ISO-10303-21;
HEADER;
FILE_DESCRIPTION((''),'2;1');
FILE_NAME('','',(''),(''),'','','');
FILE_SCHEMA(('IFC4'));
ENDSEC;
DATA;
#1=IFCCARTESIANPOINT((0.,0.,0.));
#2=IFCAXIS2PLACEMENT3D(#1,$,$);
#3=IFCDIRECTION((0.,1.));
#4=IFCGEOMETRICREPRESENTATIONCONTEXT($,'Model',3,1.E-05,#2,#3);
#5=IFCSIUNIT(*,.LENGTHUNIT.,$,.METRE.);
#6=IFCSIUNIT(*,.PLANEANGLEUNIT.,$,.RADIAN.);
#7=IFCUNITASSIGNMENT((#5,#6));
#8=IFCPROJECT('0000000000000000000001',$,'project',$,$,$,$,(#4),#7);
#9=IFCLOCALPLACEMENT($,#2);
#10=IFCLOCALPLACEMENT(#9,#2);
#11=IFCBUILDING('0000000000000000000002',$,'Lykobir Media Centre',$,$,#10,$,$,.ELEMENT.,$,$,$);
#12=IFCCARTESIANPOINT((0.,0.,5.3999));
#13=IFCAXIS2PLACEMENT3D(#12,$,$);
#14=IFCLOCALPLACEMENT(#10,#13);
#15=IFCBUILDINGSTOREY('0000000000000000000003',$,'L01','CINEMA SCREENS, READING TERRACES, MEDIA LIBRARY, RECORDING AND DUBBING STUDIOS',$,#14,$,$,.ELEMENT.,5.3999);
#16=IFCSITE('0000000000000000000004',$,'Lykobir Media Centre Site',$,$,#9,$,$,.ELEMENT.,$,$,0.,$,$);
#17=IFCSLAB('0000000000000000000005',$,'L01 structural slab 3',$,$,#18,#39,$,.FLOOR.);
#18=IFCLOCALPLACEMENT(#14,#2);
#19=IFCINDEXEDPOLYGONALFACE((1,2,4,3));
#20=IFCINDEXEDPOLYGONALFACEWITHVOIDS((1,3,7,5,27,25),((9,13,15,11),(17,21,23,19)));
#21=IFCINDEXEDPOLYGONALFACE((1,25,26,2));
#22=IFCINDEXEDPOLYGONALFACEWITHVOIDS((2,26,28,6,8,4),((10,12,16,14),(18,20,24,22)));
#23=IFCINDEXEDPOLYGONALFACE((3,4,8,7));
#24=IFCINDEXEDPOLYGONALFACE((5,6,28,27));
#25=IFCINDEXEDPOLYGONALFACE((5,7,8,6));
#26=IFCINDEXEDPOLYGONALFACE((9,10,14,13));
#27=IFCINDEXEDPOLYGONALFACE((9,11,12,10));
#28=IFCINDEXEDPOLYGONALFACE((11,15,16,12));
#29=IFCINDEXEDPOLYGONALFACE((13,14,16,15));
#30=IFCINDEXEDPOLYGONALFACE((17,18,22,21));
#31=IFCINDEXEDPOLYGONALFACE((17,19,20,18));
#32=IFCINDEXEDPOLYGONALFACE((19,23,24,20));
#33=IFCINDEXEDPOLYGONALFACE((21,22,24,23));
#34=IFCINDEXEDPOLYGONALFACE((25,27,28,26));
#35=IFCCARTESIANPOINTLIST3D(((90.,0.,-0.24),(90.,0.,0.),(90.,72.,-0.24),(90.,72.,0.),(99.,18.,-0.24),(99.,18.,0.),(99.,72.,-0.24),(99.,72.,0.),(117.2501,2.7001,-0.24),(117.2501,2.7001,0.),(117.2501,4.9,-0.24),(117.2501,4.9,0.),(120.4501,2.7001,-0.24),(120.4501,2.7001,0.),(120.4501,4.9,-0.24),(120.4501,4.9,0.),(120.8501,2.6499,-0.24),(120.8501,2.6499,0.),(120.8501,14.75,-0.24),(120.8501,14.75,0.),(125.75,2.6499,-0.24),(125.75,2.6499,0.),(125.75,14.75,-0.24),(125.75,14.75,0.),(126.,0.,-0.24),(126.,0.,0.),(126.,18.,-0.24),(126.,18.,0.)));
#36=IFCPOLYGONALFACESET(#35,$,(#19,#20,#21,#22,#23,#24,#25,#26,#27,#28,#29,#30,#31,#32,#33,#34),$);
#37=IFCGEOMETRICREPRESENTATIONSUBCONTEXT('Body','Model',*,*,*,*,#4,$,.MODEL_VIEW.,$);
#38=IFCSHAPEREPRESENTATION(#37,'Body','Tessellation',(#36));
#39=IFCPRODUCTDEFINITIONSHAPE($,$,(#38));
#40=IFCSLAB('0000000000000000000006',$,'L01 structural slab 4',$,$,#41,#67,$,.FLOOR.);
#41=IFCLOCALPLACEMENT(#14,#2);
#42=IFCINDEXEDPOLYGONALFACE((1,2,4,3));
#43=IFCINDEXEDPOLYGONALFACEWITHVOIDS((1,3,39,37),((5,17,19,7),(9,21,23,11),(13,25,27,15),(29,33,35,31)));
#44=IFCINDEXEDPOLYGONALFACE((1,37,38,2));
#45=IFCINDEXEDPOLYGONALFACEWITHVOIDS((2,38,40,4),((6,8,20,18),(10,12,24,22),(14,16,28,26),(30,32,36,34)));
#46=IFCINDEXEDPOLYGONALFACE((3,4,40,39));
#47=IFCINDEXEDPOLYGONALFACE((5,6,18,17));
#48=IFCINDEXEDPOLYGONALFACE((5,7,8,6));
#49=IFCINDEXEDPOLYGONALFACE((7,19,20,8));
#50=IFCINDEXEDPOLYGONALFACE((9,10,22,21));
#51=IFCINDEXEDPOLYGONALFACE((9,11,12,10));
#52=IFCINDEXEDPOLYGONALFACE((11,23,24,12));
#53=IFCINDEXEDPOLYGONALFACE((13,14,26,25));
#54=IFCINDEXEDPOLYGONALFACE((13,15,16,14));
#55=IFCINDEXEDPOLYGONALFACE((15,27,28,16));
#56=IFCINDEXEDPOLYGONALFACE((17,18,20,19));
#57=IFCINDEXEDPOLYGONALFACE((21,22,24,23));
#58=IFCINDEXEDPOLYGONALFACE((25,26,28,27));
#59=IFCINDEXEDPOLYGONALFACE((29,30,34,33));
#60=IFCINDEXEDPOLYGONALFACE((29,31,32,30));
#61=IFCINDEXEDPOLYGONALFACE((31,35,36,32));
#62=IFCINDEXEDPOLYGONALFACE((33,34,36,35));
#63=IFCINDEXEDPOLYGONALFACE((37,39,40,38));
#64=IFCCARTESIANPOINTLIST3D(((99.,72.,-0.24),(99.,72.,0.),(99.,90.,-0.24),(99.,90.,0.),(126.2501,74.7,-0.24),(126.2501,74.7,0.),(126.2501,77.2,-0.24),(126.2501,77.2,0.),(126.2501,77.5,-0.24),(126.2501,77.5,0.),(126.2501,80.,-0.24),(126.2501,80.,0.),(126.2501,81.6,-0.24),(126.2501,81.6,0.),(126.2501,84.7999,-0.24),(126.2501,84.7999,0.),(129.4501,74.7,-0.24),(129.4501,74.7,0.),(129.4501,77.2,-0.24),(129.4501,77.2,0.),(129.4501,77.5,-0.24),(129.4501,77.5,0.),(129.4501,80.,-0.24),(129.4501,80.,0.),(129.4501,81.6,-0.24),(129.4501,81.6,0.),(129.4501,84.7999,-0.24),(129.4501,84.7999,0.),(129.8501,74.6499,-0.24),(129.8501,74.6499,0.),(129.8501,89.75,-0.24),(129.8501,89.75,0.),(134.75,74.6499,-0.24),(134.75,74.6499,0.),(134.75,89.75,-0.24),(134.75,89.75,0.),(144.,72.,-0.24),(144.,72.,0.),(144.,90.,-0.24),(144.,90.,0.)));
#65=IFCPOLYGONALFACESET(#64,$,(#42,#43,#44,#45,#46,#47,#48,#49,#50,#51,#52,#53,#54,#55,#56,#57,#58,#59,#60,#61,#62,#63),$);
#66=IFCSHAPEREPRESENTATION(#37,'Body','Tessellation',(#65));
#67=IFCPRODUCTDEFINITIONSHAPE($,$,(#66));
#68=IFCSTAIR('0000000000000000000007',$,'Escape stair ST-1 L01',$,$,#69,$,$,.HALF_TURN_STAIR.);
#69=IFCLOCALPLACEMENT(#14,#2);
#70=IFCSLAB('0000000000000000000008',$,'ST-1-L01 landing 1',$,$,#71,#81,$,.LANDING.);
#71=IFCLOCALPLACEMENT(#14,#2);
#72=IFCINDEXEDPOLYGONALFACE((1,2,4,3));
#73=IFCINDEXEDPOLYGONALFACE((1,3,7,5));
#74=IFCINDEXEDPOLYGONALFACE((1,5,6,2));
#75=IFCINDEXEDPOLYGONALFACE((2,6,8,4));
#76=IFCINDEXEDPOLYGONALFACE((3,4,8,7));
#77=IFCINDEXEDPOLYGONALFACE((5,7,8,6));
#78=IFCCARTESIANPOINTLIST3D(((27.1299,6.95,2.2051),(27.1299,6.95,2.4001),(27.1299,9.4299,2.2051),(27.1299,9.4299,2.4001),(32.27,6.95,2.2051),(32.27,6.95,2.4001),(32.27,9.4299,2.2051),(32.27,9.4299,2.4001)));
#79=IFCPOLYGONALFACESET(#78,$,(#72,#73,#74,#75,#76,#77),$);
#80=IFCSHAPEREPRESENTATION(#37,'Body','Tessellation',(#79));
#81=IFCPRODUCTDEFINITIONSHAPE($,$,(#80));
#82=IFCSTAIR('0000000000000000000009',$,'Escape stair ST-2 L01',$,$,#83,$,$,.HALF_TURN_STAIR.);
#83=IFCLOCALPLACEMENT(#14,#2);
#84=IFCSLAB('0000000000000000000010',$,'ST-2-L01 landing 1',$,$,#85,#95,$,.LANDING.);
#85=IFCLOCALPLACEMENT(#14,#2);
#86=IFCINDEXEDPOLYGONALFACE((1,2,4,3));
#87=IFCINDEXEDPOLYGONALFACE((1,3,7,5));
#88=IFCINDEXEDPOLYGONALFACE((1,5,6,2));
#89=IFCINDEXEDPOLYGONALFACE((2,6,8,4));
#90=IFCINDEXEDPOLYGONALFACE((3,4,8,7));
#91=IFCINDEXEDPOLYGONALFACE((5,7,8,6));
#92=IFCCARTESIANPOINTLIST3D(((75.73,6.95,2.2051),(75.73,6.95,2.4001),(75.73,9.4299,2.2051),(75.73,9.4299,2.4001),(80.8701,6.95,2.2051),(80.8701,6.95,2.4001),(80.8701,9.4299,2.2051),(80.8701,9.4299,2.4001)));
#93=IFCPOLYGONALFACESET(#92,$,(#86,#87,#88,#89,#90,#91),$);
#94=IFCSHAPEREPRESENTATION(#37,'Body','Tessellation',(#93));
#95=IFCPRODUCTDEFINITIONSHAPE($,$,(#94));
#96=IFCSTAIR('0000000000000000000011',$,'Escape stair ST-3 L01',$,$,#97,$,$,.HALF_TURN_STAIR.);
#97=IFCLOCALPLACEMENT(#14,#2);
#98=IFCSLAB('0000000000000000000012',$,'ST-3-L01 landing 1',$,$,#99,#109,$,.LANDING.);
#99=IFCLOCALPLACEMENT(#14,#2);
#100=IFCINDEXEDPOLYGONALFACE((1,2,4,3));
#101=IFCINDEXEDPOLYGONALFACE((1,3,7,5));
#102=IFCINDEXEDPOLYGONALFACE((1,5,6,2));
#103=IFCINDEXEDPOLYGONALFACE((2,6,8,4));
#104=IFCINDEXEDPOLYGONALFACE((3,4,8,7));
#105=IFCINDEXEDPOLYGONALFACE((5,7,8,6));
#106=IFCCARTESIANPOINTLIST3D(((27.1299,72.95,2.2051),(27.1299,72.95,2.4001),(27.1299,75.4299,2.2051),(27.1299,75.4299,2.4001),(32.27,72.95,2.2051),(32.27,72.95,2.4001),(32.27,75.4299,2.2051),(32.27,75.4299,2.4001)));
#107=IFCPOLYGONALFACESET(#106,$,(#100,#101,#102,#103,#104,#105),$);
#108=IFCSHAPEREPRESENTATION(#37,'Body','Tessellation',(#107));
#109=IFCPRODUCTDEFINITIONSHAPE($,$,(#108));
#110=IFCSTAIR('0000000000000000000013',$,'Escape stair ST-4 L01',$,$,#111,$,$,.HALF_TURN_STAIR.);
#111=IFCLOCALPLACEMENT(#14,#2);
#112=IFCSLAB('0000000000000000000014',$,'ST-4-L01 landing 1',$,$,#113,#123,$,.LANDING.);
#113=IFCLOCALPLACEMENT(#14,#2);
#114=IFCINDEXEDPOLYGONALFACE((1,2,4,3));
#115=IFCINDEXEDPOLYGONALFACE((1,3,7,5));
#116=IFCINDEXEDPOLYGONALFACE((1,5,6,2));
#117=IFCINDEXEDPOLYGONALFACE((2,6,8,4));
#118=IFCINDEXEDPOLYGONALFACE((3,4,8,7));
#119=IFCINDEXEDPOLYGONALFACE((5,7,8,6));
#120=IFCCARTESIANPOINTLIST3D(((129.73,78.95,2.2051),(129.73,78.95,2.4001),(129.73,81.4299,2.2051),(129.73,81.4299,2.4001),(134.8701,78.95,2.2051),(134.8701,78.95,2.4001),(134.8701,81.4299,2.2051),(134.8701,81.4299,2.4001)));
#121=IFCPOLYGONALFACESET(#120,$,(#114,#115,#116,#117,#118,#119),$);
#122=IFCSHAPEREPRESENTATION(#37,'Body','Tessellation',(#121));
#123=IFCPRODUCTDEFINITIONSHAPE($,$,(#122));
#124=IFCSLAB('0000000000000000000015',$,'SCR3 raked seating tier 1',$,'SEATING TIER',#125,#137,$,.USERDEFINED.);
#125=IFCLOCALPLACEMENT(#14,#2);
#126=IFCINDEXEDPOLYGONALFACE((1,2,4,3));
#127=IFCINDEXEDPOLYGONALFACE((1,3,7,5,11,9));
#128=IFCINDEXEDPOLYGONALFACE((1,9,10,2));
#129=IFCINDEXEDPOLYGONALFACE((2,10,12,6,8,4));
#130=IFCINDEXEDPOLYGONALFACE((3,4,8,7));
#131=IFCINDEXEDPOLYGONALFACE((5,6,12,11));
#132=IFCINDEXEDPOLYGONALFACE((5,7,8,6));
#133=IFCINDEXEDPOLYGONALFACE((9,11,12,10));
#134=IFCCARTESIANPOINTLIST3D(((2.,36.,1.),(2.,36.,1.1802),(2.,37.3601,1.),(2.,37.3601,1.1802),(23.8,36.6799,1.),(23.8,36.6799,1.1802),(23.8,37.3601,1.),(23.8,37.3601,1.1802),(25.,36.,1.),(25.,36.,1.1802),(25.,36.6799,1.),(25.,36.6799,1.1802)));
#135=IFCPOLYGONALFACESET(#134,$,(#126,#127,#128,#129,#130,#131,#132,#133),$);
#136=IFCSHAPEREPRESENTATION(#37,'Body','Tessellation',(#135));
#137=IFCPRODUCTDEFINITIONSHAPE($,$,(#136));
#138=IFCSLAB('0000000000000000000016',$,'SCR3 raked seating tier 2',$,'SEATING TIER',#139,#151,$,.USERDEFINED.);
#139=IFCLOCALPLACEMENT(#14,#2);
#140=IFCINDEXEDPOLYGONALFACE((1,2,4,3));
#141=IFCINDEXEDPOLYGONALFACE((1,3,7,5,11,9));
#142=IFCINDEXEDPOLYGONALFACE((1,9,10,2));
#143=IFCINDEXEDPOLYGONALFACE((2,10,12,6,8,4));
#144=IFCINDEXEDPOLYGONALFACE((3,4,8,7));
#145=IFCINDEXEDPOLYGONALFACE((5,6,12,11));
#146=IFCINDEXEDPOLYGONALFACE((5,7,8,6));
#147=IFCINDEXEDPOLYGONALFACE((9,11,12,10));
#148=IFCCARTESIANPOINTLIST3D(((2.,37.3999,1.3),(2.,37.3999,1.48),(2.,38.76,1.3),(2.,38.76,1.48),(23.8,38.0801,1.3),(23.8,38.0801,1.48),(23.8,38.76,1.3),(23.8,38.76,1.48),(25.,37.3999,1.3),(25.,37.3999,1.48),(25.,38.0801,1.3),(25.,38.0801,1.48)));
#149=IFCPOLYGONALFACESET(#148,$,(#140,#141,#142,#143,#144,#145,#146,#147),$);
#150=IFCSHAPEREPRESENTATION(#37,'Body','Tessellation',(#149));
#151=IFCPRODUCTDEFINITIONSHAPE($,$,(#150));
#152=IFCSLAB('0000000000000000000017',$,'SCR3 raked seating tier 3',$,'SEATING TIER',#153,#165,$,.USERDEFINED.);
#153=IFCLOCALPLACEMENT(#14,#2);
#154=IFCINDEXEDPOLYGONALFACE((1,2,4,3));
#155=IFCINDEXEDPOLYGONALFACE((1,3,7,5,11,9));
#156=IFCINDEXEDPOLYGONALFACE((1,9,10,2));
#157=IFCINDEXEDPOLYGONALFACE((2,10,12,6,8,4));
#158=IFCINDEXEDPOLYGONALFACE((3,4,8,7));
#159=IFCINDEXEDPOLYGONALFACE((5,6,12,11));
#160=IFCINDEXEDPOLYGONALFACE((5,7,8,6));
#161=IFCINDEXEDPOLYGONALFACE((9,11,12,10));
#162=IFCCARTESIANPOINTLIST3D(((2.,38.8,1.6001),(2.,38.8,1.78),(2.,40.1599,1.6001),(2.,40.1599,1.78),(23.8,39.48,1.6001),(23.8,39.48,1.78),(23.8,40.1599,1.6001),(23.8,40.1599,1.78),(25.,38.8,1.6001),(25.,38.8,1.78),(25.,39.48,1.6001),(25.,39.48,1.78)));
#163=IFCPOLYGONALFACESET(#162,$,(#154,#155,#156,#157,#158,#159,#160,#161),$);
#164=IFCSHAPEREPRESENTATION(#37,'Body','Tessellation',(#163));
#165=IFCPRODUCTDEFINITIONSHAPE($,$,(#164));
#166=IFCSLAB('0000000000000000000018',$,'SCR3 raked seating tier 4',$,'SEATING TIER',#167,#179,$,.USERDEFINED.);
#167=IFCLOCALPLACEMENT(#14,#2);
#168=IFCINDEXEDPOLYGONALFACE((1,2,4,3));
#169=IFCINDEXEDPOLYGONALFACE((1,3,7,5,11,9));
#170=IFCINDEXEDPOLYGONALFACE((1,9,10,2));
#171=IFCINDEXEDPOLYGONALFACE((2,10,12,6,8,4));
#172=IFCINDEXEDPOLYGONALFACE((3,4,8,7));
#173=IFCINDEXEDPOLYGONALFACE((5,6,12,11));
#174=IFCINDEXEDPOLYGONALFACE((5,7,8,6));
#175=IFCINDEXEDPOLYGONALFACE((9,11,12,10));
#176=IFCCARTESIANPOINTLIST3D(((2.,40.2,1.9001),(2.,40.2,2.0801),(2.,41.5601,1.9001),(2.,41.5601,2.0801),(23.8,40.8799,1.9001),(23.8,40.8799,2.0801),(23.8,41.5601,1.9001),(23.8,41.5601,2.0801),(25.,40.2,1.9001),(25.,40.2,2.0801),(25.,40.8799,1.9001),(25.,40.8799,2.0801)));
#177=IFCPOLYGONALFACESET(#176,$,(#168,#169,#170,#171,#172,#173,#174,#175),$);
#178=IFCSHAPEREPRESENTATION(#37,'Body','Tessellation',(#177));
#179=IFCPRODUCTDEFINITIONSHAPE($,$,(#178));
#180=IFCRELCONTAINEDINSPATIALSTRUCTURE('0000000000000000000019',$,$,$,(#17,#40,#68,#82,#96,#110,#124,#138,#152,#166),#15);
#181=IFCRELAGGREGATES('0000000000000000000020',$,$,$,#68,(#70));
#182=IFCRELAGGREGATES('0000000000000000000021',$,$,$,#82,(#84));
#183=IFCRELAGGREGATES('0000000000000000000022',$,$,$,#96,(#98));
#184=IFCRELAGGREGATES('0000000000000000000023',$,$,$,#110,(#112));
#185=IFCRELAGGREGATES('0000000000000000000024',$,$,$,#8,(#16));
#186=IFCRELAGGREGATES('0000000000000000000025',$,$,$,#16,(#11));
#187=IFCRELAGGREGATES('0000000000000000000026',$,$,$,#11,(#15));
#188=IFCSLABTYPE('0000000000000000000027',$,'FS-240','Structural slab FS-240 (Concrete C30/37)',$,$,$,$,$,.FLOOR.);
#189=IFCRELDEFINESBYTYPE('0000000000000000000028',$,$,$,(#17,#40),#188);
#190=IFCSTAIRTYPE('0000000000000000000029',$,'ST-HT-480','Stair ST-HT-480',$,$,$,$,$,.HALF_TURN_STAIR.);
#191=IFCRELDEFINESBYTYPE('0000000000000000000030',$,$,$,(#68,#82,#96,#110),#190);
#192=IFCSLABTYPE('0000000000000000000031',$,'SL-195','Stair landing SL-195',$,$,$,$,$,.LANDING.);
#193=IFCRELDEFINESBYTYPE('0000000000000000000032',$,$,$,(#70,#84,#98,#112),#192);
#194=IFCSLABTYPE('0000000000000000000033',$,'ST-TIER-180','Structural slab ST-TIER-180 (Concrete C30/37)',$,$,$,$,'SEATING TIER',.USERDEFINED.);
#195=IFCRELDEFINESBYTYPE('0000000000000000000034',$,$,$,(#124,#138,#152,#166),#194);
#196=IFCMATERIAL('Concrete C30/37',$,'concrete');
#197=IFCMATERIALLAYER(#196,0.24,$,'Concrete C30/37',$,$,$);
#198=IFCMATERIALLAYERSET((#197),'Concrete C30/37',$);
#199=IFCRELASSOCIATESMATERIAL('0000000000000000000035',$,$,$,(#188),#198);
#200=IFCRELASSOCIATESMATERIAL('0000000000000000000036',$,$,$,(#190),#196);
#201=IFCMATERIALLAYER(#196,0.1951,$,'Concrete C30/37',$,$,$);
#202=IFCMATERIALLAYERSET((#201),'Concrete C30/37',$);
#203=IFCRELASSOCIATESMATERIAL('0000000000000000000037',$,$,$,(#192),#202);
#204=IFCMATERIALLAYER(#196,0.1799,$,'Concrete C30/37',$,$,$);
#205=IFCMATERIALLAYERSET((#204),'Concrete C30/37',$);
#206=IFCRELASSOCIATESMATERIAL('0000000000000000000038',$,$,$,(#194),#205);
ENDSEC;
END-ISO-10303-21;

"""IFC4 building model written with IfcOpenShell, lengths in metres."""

from ifc_helpers import new_model, si_unit, direction, frame, origin, origin_2d, place, context, subcontext, project, spatial, polyline, rectangle, outline, extrude, material, layer, layer_set, type_object, element, aggregate, save


model = new_model("IFC4")

# Units and contexts
model_context = context("Model", 3, precision=1e-05, world=origin(), true_north=direction((0.0, 1.0)))
body_context = subcontext(model_context, "Body", "Model", "MODEL_VIEW")
ifc_project = project(units=[si_unit("LENGTHUNIT", "METRE"), si_unit("PLANEANGLEUNIT", "RADIAN")], contexts=[model_context])

# Site, building, storey
site_placement = place(None, origin())
site = spatial("IfcSite", under=ifc_project, at=site_placement, Name="Lykobir Media Centre Site", CompositionType="ELEMENT", RefElevation=0.0)
building_placement = place(site_placement, origin())
building = spatial("IfcBuilding", under=site, at=building_placement, Name="Lykobir Media Centre", CompositionType="ELEMENT")
storey_placement = place(building_placement, frame((0.0, 0.0, 5.3999)))
storey = spatial("IfcBuildingStorey", under=building, at=storey_placement, Name="L01", Description="CINEMA SCREENS, READING TERRACES, MEDIA LIBRARY, RECORDING AND DUBBING STUDIOS", CompositionType="ELEMENT", Elevation=5.3999)

# Shared definitions
ifc_material_1 = material(Name="Concrete C30/37", Category="concrete")

# Shared definitions
ifc_layer_1 = layer(ifc_material_1, 0.24, Name="Concrete C30/37")
ifc_layer_set_1 = layer_set([ifc_layer_1], Name="Concrete C30/37")
slab_type_1 = type_object("IfcSlabType", Name="FS-240", Description="Structural slab FS-240 (Concrete C30/37)", PredefinedType="FLOOR", material=ifc_layer_set_1)

# Slab, opening
slab_1_placement = place(storey_placement, frame((0.0, 0.0, -0.24)))
slab_1 = element("IfcSlab", 1, at=slab_1_placement, inside=storey, type_object=slab_type_1, Name="L01 structural slab 3", PredefinedType="FLOOR", context=body_context, shape_type="SweptSolid", body=[
    extrude(outline(polyline([(99.0, 18.0), (99.0, 72.0), (90.0, 72.0), (90.0, 18.0), (90.0, 0.0), (126.0, 0.0), (126.0, 18.0), (99.0, 18.0)]), holes=[polyline([(125.75, 2.6499), (120.8501, 2.6499), (120.8501, 14.75), (125.75, 14.75), (125.75, 2.6499)])]), origin(), (0.0, 0.0, 1.0), 0.24),
])
opening_1_placement = place(slab_1_placement, frame((118.8501, 3.8, 0.0)))
element("IfcOpeningElement", 2, at=opening_1_placement, cuts=slab_1, PredefinedType="OPENING", context=body_context, shape_type="SweptSolid", body=[
    extrude(rectangle(XDim=3.2, YDim=2.2, at=origin_2d()), origin(), (0.0, 0.0, 1.0), 0.24),
])

# Slab, openings
slab_2_placement = place(storey_placement, frame((0.0, 0.0, -0.24)))
slab_2 = element("IfcSlab", 3, at=slab_2_placement, inside=storey, type_object=slab_type_1, Name="L01 structural slab 4", PredefinedType="FLOOR", context=body_context, shape_type="SweptSolid", body=[
    extrude(outline(polyline([(144.0, 90.0), (99.0, 90.0), (99.0, 72.0), (144.0, 72.0), (144.0, 90.0)]), holes=[polyline([(134.75, 74.6499), (129.8501, 74.6499), (129.8501, 89.75), (134.75, 89.75), (134.75, 74.6499)])]), origin(), (0.0, 0.0, 1.0), 0.24),
])
opening_2_placement = place(slab_2_placement, frame((127.8501, 75.95, 0.0)))
element("IfcOpeningElement", 4, at=opening_2_placement, cuts=slab_2, PredefinedType="OPENING", context=body_context, shape_type="SweptSolid", body=[
    extrude(rectangle(XDim=3.2, YDim=2.5, at=origin_2d()), origin(), (0.0, 0.0, 1.0), 0.24),
])
opening_3_placement = place(slab_2_placement, frame((127.8501, 78.75, 0.0)))
element("IfcOpeningElement", 5, at=opening_3_placement, cuts=slab_2, PredefinedType="OPENING", context=body_context, shape_type="SweptSolid", body=[
    extrude(rectangle(XDim=3.2, YDim=2.5, at=origin_2d()), origin(), (0.0, 0.0, 1.0), 0.24),
])
opening_4_placement = place(slab_2_placement, frame((127.8501, 83.2, 0.0)))
element("IfcOpeningElement", 6, at=opening_4_placement, cuts=slab_2, PredefinedType="OPENING", context=body_context, shape_type="SweptSolid", body=[
    extrude(rectangle(XDim=3.2, YDim=3.2, at=origin_2d()), origin(), (0.0, 0.0, 1.0), 0.24),
])

# Stairs, slabs
stair_type = type_object("IfcStairType", Name="ST-HT-480", Description="Stair ST-HT-480", PredefinedType="HALF_TURN_STAIR", material=ifc_material_1)
stair_1_placement = place(storey_placement, origin())
stair_1 = element("IfcStair", 7, at=stair_1_placement, inside=storey, type_object=stair_type, Name="Escape stair ST-1 L01", PredefinedType="HALF_TURN_STAIR")
ifc_layer_2 = layer(ifc_material_1, 0.1951, Name="Concrete C30/37")
ifc_layer_set_2 = layer_set([ifc_layer_2], Name="Concrete C30/37")
slab_type_2 = type_object("IfcSlabType", Name="SL-195", Description="Stair landing SL-195", PredefinedType="LANDING", material=ifc_layer_set_2)
slab_3_placement = place(storey_placement, frame((0.0, 0.0, 2.2051)))
slab_3 = element("IfcSlab", 8, at=slab_3_placement, type_object=slab_type_2, Name="ST-1-L01 landing 1", PredefinedType="LANDING", context=body_context, shape_type="SweptSolid", body=[
    extrude(outline(polyline([(27.1299, 6.95), (32.27, 6.95), (32.27, 9.4299), (27.1299, 9.4299), (27.1299, 6.95)])), origin(), (0.0, 0.0, 1.0), 0.1951),
])
aggregate(stair_1, [slab_3])
stair_2_placement = place(storey_placement, origin())
stair_2 = element("IfcStair", 9, at=stair_2_placement, inside=storey, type_object=stair_type, Name="Escape stair ST-2 L01", PredefinedType="HALF_TURN_STAIR")
slab_4_placement = place(storey_placement, frame((0.0, 0.0, 2.2051)))
slab_4 = element("IfcSlab", 10, at=slab_4_placement, type_object=slab_type_2, Name="ST-2-L01 landing 1", PredefinedType="LANDING", context=body_context, shape_type="SweptSolid", body=[
    extrude(outline(polyline([(75.73, 6.95), (80.8701, 6.95), (80.8701, 9.4299), (75.73, 9.4299), (75.73, 6.95)])), origin(), (0.0, 0.0, 1.0), 0.1951),
])
aggregate(stair_2, [slab_4])
stair_3_placement = place(storey_placement, origin())
stair_3 = element("IfcStair", 11, at=stair_3_placement, inside=storey, type_object=stair_type, Name="Escape stair ST-3 L01", PredefinedType="HALF_TURN_STAIR")
slab_5_placement = place(storey_placement, frame((0.0, 0.0, 2.2051)))
slab_5 = element("IfcSlab", 12, at=slab_5_placement, type_object=slab_type_2, Name="ST-3-L01 landing 1", PredefinedType="LANDING", context=body_context, shape_type="SweptSolid", body=[
    extrude(outline(polyline([(27.1299, 72.95), (32.27, 72.95), (32.27, 75.4299), (27.1299, 75.4299), (27.1299, 72.95)])), origin(), (0.0, 0.0, 1.0), 0.1951),
])
aggregate(stair_3, [slab_5])
stair_4_placement = place(storey_placement, origin())
stair_4 = element("IfcStair", 13, at=stair_4_placement, inside=storey, type_object=stair_type, Name="Escape stair ST-4 L01", PredefinedType="HALF_TURN_STAIR")
slab_6_placement = place(storey_placement, frame((0.0, 0.0, 2.2051)))
slab_6 = element("IfcSlab", 14, at=slab_6_placement, type_object=slab_type_2, Name="ST-4-L01 landing 1", PredefinedType="LANDING", context=body_context, shape_type="SweptSolid", body=[
    extrude(outline(polyline([(129.73, 78.95), (134.8701, 78.95), (134.8701, 81.4299), (129.73, 81.4299), (129.73, 78.95)])), origin(), (0.0, 0.0, 1.0), 0.1951),
])
aggregate(stair_4, [slab_6])

# Slabs
ifc_layer_3 = layer(ifc_material_1, 0.1799, Name="Concrete C30/37")
ifc_layer_set_3 = layer_set([ifc_layer_3], Name="Concrete C30/37")
slab_type_3 = type_object("IfcSlabType", Name="ST-TIER-180", Description="Structural slab ST-TIER-180 (Concrete C30/37)", ElementType="SEATING TIER", PredefinedType="USERDEFINED", material=ifc_layer_set_3)
slab_7_placement = place(storey_placement, frame((0.0, 0.0, 1.0)))
element("IfcSlab", 15, at=slab_7_placement, inside=storey, type_object=slab_type_3, Name="SCR3 raked seating tier 1", ObjectType="SEATING TIER", PredefinedType="USERDEFINED", context=body_context, shape_type="SweptSolid", body=[
    extrude(outline(polyline([(2.0, 36.0), (25.0, 36.0), (25.0, 36.6799), (23.8, 36.6799), (23.8, 37.3601), (2.0, 37.3601), (2.0, 36.0)])), origin(), (0.0, 0.0, 1.0), 0.1802),
])
slab_8_placement = place(storey_placement, frame((0.0, 0.0, 1.3)))
element("IfcSlab", 16, at=slab_8_placement, inside=storey, type_object=slab_type_3, Name="SCR3 raked seating tier 2", ObjectType="SEATING TIER", PredefinedType="USERDEFINED", context=body_context, shape_type="SweptSolid", body=[
    extrude(outline(polyline([(2.0, 37.3999), (25.0, 37.3999), (25.0, 38.0801), (23.8, 38.0801), (23.8, 38.76), (2.0, 38.76), (2.0, 37.3999)])), origin(), (0.0, 0.0, 1.0), 0.1799),
])
slab_9_placement = place(storey_placement, frame((0.0, 0.0, 1.6001)))
element("IfcSlab", 17, at=slab_9_placement, inside=storey, type_object=slab_type_3, Name="SCR3 raked seating tier 3", ObjectType="SEATING TIER", PredefinedType="USERDEFINED", context=body_context, shape_type="SweptSolid", body=[
    extrude(outline(polyline([(2.0, 38.8), (25.0, 38.8), (25.0, 39.48), (23.8, 39.48), (23.8, 40.1599), (2.0, 40.1599), (2.0, 38.8)])), origin(), (0.0, 0.0, 1.0), 0.1799),
])
slab_10_placement = place(storey_placement, frame((0.0, 0.0, 1.9001)))
element("IfcSlab", 18, at=slab_10_placement, inside=storey, type_object=slab_type_3, Name="SCR3 raked seating tier 4", ObjectType="SEATING TIER", PredefinedType="USERDEFINED", context=body_context, shape_type="SweptSolid", body=[
    extrude(outline(polyline([(2.0, 40.2), (25.0, 40.2), (25.0, 40.8799), (23.8, 40.8799), (23.8, 41.5601), (2.0, 41.5601), (2.0, 40.2)])), origin(), (0.0, 0.0, 1.0), 0.1799),
])

save(model, "model.ifc")
